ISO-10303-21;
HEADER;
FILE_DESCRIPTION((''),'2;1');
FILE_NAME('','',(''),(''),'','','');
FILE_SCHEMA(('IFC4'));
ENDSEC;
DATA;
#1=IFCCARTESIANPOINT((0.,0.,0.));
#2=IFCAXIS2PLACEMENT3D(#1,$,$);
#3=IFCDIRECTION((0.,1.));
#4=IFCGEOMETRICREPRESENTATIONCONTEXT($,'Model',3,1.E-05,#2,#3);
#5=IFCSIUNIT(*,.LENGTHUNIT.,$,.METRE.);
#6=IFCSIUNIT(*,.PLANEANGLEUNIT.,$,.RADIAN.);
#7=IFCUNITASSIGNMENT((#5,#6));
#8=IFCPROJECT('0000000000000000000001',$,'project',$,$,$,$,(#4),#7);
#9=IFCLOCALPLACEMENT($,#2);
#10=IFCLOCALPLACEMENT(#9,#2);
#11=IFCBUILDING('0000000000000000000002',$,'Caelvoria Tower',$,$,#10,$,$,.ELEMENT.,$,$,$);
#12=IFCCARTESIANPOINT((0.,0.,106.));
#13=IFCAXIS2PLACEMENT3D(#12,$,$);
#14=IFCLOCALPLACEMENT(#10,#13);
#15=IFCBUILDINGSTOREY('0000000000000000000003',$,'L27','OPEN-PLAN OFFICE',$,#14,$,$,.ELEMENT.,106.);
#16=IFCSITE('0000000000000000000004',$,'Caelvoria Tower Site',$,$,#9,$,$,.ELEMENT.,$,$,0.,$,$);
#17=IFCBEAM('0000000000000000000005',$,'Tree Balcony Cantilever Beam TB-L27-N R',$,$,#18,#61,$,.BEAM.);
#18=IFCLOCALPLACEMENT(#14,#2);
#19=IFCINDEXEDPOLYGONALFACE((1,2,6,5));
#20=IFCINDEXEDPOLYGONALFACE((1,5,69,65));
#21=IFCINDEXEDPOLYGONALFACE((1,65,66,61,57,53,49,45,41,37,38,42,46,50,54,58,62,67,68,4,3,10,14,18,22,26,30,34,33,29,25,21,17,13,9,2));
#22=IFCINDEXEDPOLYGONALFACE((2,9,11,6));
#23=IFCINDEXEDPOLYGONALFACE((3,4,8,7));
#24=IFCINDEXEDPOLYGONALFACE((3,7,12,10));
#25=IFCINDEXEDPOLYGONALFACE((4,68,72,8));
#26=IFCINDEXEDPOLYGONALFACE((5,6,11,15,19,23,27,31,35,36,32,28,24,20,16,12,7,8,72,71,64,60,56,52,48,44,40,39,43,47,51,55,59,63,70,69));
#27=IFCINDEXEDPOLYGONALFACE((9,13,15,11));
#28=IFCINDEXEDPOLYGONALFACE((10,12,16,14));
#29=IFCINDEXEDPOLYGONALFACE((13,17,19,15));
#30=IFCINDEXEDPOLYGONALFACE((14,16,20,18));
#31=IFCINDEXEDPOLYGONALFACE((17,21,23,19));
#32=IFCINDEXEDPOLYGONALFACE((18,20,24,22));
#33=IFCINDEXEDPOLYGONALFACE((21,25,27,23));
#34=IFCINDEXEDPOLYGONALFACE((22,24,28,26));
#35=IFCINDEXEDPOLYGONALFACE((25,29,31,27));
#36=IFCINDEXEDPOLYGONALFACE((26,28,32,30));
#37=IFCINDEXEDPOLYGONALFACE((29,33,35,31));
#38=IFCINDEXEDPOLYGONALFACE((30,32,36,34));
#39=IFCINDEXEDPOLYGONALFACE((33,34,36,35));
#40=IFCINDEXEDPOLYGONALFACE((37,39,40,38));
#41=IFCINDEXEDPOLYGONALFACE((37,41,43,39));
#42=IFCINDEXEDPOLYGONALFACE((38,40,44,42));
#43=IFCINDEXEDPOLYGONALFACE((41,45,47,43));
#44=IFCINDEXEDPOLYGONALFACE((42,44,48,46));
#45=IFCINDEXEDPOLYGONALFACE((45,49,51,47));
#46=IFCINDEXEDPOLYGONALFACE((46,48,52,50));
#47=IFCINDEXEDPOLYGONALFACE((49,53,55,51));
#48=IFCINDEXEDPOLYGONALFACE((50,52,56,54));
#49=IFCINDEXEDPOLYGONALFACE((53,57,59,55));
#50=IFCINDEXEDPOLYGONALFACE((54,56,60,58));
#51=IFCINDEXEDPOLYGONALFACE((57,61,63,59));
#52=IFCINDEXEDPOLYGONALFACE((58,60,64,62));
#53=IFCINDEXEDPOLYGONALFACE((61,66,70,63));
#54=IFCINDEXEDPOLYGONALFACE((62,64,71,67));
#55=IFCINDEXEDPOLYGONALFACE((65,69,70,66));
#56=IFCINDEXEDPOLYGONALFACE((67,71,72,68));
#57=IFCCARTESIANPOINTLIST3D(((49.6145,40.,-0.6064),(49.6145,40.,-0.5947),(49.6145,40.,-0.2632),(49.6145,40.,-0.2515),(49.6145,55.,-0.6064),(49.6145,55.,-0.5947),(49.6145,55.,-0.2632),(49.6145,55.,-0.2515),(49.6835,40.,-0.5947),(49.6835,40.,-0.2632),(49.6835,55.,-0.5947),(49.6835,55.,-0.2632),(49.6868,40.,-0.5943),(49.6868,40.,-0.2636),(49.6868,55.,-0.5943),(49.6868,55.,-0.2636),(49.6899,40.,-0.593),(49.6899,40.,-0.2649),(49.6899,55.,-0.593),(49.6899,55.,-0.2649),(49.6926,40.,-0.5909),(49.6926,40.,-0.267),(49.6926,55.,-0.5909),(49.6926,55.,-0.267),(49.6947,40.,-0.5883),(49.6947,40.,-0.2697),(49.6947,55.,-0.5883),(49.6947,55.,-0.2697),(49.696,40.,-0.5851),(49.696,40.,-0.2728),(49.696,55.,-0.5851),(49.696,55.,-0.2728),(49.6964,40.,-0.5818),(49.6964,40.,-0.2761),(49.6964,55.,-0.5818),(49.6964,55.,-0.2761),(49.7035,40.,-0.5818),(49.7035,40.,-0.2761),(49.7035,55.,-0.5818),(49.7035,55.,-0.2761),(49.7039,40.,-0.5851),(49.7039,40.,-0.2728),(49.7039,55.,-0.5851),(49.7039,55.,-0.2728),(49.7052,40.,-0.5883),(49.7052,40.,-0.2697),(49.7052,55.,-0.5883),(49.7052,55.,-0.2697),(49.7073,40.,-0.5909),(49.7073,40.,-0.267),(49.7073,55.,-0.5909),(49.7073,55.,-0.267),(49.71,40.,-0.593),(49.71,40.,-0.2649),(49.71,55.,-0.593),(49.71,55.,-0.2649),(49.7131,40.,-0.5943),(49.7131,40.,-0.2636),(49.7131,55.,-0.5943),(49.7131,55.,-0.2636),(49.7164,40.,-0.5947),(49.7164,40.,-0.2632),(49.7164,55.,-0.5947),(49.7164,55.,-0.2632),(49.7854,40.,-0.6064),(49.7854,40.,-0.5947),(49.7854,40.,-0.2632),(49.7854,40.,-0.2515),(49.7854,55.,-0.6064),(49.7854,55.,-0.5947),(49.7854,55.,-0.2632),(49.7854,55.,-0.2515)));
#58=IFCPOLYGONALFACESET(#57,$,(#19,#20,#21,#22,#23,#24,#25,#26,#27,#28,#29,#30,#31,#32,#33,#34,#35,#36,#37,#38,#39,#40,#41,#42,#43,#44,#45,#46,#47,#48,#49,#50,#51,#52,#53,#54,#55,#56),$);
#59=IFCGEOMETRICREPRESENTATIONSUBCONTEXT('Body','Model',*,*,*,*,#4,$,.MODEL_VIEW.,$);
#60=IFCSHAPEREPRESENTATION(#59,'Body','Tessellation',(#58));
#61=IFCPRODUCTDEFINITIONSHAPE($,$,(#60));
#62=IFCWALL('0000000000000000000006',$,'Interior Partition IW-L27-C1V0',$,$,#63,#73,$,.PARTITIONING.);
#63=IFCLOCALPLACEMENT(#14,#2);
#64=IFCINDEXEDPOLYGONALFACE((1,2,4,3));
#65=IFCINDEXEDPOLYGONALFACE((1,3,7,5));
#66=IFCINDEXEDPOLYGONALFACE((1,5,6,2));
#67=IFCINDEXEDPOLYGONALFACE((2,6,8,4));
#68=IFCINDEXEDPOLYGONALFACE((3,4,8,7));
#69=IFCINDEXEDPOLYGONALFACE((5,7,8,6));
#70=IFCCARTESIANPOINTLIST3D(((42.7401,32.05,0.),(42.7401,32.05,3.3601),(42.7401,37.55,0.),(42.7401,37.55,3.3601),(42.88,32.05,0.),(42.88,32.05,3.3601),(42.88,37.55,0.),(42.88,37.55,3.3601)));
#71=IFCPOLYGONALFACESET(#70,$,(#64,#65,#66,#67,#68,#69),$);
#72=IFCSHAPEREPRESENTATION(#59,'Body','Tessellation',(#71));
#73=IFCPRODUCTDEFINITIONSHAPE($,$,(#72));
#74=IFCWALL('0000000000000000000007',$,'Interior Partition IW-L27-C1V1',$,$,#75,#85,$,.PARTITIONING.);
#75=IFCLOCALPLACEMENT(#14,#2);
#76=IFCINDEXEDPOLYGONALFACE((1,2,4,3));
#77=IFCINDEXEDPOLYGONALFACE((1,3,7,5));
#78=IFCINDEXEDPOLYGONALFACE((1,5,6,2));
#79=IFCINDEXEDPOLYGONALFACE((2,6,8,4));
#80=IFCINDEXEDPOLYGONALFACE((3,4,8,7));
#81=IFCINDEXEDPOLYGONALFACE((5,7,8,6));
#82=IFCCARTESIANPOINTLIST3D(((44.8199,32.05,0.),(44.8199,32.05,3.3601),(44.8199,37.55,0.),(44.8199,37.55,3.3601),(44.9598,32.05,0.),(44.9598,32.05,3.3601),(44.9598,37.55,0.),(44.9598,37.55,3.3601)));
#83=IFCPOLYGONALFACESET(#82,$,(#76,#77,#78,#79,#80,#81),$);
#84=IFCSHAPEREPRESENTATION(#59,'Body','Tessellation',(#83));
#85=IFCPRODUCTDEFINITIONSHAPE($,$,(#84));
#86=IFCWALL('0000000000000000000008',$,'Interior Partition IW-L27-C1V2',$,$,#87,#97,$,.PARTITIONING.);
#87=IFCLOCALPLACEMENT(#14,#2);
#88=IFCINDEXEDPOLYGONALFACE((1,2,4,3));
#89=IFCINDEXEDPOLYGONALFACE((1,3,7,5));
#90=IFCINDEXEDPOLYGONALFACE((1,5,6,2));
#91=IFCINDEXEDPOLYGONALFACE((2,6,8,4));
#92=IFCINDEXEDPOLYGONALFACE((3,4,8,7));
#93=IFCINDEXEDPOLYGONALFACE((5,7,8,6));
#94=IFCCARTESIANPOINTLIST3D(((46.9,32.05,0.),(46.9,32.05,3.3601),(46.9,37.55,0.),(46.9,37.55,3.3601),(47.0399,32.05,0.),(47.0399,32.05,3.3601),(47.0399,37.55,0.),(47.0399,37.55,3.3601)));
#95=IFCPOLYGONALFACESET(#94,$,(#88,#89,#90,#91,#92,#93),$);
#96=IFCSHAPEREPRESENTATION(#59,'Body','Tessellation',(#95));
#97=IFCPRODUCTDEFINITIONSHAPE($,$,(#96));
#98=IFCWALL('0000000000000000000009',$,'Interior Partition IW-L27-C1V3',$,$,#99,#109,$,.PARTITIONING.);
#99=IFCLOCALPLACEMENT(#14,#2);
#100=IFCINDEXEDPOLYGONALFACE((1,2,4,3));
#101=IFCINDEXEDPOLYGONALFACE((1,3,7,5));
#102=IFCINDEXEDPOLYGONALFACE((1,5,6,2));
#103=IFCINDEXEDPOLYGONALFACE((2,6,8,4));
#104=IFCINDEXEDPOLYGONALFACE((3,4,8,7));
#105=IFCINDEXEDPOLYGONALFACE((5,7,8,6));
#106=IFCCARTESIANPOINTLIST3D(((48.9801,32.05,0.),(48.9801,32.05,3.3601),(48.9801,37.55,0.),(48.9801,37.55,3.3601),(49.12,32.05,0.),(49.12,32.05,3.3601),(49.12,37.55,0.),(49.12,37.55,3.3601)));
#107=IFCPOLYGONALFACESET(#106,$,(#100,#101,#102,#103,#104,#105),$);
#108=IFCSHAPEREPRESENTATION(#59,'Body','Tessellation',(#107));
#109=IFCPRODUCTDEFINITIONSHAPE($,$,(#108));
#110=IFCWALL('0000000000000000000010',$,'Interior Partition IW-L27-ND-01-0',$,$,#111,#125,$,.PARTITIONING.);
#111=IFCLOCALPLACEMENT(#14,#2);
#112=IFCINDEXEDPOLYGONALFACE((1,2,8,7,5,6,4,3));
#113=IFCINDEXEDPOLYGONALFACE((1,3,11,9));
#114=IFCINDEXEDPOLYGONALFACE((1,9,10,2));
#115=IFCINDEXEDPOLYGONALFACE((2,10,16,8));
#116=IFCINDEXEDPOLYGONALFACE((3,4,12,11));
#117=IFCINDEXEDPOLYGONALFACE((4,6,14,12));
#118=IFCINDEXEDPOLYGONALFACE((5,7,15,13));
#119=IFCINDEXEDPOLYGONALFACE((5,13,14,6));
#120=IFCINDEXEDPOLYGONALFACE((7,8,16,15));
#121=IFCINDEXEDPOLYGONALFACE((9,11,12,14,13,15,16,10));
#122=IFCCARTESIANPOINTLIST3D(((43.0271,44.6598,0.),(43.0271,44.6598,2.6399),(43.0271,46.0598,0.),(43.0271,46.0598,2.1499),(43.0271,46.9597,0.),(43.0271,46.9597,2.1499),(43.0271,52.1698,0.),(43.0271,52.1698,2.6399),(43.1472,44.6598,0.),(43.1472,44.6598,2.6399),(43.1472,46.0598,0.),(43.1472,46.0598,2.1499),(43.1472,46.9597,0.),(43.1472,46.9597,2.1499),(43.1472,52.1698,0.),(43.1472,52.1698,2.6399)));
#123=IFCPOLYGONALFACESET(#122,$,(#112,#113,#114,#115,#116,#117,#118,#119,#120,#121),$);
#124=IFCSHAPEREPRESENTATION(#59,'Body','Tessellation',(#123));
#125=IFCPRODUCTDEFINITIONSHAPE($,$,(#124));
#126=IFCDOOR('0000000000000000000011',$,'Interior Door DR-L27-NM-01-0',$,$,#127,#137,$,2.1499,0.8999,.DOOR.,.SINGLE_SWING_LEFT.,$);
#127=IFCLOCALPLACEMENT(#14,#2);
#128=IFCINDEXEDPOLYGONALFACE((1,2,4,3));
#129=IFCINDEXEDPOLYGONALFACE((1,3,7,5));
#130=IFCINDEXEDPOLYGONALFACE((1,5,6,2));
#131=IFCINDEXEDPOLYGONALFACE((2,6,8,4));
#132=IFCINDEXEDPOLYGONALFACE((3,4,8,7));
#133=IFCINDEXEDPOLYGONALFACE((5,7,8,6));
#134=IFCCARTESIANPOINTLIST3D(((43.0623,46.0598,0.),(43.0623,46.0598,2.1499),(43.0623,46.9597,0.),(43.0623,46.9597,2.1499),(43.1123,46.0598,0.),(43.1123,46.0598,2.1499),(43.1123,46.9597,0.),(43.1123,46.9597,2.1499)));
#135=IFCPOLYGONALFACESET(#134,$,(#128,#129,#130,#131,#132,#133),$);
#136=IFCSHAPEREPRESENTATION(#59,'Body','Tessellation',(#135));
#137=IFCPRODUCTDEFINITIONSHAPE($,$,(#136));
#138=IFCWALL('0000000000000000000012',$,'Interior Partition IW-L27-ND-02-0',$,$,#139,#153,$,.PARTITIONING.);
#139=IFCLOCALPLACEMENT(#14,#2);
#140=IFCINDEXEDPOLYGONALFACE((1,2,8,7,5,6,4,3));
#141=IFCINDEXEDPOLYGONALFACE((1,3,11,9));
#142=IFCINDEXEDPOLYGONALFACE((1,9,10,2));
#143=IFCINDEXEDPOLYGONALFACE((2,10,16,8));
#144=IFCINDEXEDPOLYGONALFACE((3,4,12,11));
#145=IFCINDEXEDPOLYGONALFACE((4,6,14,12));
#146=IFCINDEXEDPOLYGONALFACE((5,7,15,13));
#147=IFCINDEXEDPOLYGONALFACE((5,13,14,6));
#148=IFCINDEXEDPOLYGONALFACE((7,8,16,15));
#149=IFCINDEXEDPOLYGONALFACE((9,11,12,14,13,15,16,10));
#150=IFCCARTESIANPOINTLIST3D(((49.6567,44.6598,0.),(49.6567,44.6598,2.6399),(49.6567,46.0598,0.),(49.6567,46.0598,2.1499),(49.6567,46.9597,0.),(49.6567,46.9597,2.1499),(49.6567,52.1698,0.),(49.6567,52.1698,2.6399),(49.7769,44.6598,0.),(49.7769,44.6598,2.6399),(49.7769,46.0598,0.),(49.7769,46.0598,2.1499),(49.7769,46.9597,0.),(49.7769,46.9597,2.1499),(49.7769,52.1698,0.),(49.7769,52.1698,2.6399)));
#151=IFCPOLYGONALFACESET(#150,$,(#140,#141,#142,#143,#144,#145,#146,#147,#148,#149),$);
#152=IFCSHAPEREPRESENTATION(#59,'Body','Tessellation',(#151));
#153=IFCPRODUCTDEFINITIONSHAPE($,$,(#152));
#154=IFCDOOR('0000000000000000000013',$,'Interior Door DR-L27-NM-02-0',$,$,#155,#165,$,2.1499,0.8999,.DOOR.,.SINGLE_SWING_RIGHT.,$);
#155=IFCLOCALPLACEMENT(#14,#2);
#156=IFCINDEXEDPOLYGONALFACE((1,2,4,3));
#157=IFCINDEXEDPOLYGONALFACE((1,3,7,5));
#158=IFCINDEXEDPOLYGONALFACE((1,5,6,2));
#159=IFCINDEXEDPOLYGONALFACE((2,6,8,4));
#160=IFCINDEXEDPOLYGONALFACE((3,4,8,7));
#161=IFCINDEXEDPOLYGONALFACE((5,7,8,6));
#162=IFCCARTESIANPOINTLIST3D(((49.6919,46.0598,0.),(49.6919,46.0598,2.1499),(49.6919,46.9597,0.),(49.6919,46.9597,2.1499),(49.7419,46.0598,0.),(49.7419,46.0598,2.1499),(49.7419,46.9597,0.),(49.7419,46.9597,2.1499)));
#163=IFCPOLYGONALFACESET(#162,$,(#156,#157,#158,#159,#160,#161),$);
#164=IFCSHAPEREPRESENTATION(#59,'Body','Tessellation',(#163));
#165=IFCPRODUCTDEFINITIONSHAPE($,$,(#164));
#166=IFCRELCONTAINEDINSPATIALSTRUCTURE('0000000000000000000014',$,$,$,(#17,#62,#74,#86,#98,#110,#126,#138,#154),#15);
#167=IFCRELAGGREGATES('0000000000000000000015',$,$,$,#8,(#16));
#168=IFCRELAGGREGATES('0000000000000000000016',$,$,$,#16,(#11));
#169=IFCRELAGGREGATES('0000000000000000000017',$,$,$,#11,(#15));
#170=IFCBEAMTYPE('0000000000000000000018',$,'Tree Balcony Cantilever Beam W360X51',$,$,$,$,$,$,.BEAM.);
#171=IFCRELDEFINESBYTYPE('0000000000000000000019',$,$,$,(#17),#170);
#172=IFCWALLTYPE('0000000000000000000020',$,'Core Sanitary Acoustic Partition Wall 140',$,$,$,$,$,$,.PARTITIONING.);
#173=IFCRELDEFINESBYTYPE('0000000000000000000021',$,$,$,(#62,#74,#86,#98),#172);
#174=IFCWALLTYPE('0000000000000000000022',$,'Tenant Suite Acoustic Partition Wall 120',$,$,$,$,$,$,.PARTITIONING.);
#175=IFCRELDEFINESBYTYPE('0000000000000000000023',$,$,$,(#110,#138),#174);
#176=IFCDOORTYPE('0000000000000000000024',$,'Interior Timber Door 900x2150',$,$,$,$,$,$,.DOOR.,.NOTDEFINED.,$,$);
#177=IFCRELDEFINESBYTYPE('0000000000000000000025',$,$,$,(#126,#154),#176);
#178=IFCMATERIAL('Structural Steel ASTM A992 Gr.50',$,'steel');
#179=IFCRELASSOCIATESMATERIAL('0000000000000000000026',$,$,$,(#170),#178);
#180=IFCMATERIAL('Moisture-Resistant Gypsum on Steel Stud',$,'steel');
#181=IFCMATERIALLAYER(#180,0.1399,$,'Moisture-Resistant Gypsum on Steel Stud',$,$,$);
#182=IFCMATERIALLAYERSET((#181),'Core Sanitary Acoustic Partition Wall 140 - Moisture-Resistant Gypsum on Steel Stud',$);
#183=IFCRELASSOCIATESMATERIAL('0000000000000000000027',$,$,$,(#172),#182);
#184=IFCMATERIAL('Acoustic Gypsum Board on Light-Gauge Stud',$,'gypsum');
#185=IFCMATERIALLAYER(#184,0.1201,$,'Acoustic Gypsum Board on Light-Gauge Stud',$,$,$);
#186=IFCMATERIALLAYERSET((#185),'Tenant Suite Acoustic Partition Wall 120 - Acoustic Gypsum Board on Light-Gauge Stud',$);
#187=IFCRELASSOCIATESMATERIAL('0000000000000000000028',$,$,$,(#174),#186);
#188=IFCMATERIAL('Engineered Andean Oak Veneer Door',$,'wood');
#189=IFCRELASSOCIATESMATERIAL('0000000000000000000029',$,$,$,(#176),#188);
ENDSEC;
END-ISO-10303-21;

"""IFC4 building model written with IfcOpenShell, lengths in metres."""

from ifc_helpers import new_model, si_unit, direction, frame, frame_2d, origin, origin_2d, place, context, subcontext, project, spatial, rectangle, i_section, extrude, material, layer, layer_set, material_profile, profile_set, type_object, element, fill, save


model = new_model("IFC4")

# Units and contexts
model_context = context("Model", 3, precision=1e-05, world=origin(), true_north=direction((0.0, 1.0)))
body_context = subcontext(model_context, "Body", "Model", "MODEL_VIEW")
ifc_project = project(units=[si_unit("LENGTHUNIT", "METRE"), si_unit("PLANEANGLEUNIT", "RADIAN")], contexts=[model_context])

# Site, building, storey
site_placement = place(None, origin())
site = spatial("IfcSite", under=ifc_project, at=site_placement, Name="Caelvoria Tower Site", CompositionType="ELEMENT", RefElevation=0.0)
building_placement = place(site_placement, origin())
building = spatial("IfcBuilding", under=site, at=building_placement, Name="Caelvoria Tower", CompositionType="ELEMENT")
storey_placement = place(building_placement, frame((0.0, 0.0, 106.0)))
storey = spatial("IfcBuildingStorey", under=building, at=storey_placement, Name="L27", Description="OPEN-PLAN OFFICE", CompositionType="ELEMENT", Elevation=106.0)

# Beam
ifc_material_1 = material(Name="Structural Steel ASTM A992 Gr.50", Category="steel")
ifc_material_profile_1 = material_profile(ifc_material_1, i_section(OverallWidth=0.1709, OverallDepth=0.355, WebThickness=0.0071, FlangeThickness=0.0117, FilletRadius=0.0129, at=origin_2d()), Name="Structural Steel ASTM A992 Gr.50")
ifc_profile_set_1 = profile_set([ifc_material_profile_1], Name="W360X51 - Structural Steel ASTM A992 Gr.50")
beam_type_1 = type_object("IfcBeamType", Name="Tree Balcony Cantilever Beam W360X51", PredefinedType="BEAM", material=ifc_profile_set_1)
beam_1_placement = place(storey_placement, frame((49.7, 40.0, -0.429), z_axis=(0.0, 1.0, 0.0), x_axis=(-1.0, 0.0, 0.0)))
element("IfcBeam", 1, at=beam_1_placement, inside=storey, type_object=beam_type_1, Name="Tree Balcony Cantilever Beam TB-L27-N R", PredefinedType="BEAM", context=body_context, shape_type="SweptSolid", body=[
    extrude(i_section(OverallWidth=0.1709, OverallDepth=0.355, WebThickness=0.0071, FlangeThickness=0.0117, FilletRadius=0.0129, at=origin_2d()), origin(), (0.0, 0.0, 1.0), 15.0),
])

# Walls
ifc_material_2 = material(Name="Moisture-Resistant Gypsum on Steel Stud", Category="steel")
ifc_layer_1 = layer(ifc_material_2, 0.1399, Name="Moisture-Resistant Gypsum on Steel Stud")
ifc_layer_set_1 = layer_set([ifc_layer_1], Name="Core Sanitary Acoustic Partition Wall 140 - Moisture-Resistant Gypsum on Steel Stud")
wall_type_1 = type_object("IfcWallType", Name="Core Sanitary Acoustic Partition Wall 140", PredefinedType="PARTITIONING", material=ifc_layer_set_1)
for number, where, z_axis, x_axis, name in (
    (2, (42.8101, 32.05, 0.0), (0.0, 0.0, 1.0), (0.0, 1.0, 0.0), "Interior Partition IW-L27-C1V0"),
    (3, (44.8899, 32.05, 0.0), (0.0, 0.0, 1.0), (0.0, 1.0, 0.0), "Interior Partition IW-L27-C1V1"),
    (4, (46.97, 32.05, 0.0), (0.0, 0.0, 1.0), (0.0, 1.0, 0.0), "Interior Partition IW-L27-C1V2"),
    (5, (49.05, 32.05, 0.0), (0.0, 0.0, 1.0), (0.0, 1.0, 0.0), "Interior Partition IW-L27-C1V3"),
):
    element("IfcWall", number, at=place(storey_placement, frame(where, z_axis=z_axis, x_axis=x_axis)), inside=storey, type_object=wall_type_1, Name=name, PredefinedType="PARTITIONING", context=body_context, shape_type="SweptSolid", body=[
        extrude(rectangle(XDim=5.5, YDim=0.1399, at=frame_2d((2.75, 0.0))), origin(), (0.0, 0.0, 1.0), 3.3601),
    ])

# Walls, openings, doors
ifc_material_3 = material(Name="Acoustic Gypsum Board on Light-Gauge Stud", Category="gypsum")
ifc_layer_2 = layer(ifc_material_3, 0.1201, Name="Acoustic Gypsum Board on Light-Gauge Stud")
ifc_layer_set_2 = layer_set([ifc_layer_2], Name="Tenant Suite Acoustic Partition Wall 120 - Acoustic Gypsum Board on Light-Gauge Stud")
wall_type_2 = type_object("IfcWallType", Name="Tenant Suite Acoustic Partition Wall 120", PredefinedType="PARTITIONING", material=ifc_layer_set_2)
wall_1_placement = place(storey_placement, frame((43.0872, 44.6599, 0.0), z_axis=(0.0, 0.0, 1.0), x_axis=(0.0, 1.0, 0.0)))
wall_1 = element("IfcWall", 6, at=wall_1_placement, inside=storey, type_object=wall_type_2, Name="Interior Partition IW-L27-ND-01-0", PredefinedType="PARTITIONING", context=body_context, shape_type="SweptSolid", body=[
    extrude(rectangle(XDim=7.51, YDim=0.1201, at=frame_2d((3.7549, 0.0))), origin(), (0.0, 0.0, 1.0), 2.6399),
])
opening_1_placement = place(wall_1_placement, frame((1.3999, 0.0, 0.0)))
opening_1 = element("IfcOpeningElement", 7, at=opening_1_placement, cuts=wall_1, PredefinedType="OPENING", context=body_context, shape_type="SweptSolid", body=[
    extrude(rectangle(XDim=0.8999, YDim=2.1499, at=frame_2d((0.45, 1.075))), frame((0.0, 0.0701, 0.0), z_axis=(0.0, -1.0, 0.0), x_axis=(1.0, 0.0, 0.0)), (0.0, 0.0, 1.0), 0.1401),
])
ifc_material_4 = material(Name="Engineered Andean Oak Veneer Door", Category="wood")
door_type = type_object("IfcDoorType", Name="Interior Timber Door 900x2150", OperationType="NOTDEFINED", PredefinedType="DOOR", material=ifc_material_4)
door_1_placement = place(opening_1_placement, origin())
door_1 = element("IfcDoor", 8, at=door_1_placement, inside=storey, type_object=door_type, Name="Interior Door DR-L27-NM-01-0", OperationType="SINGLE_SWING_LEFT", OverallHeight=2.1499, OverallWidth=0.8999, PredefinedType="DOOR", context=body_context, shape_type="SweptSolid", body=[
    extrude(rectangle(XDim=0.8999, YDim=2.1499, at=frame_2d((0.45, 1.075))), frame((0.0, 0.0249, 0.0), z_axis=(0.0, -1.0, 0.0), x_axis=(1.0, 0.0, 0.0)), (0.0, 0.0, 1.0), 0.05),
])
fill(opening_1, door_1)
wall_2_placement = place(storey_placement, frame((49.7168, 44.6599, 0.0), z_axis=(0.0, 0.0, 1.0), x_axis=(0.0, 1.0, 0.0)))
wall_2 = element("IfcWall", 9, at=wall_2_placement, inside=storey, type_object=wall_type_2, Name="Interior Partition IW-L27-ND-02-0", PredefinedType="PARTITIONING", context=body_context, shape_type="SweptSolid", body=[
    extrude(rectangle(XDim=7.51, YDim=0.1201, at=frame_2d((3.7549, 0.0))), origin(), (0.0, 0.0, 1.0), 2.6399),
])
opening_2_placement = place(wall_2_placement, frame((1.3999, 0.0, 0.0)))
opening_2 = element("IfcOpeningElement", 10, at=opening_2_placement, cuts=wall_2, PredefinedType="OPENING", context=body_context, shape_type="SweptSolid", body=[
    extrude(rectangle(XDim=0.8999, YDim=2.1499, at=frame_2d((0.45, 1.075))), frame((0.0, 0.0701, 0.0), z_axis=(0.0, -1.0, 0.0), x_axis=(1.0, 0.0, 0.0)), (0.0, 0.0, 1.0), 0.1401),
])
door_2_placement = place(opening_2_placement, origin())
door_2 = element("IfcDoor", 11, at=door_2_placement, inside=storey, type_object=door_type, Name="Interior Door DR-L27-NM-02-0", OperationType="SINGLE_SWING_RIGHT", OverallHeight=2.1499, OverallWidth=0.8999, PredefinedType="DOOR", context=body_context, shape_type="SweptSolid", body=[
    extrude(rectangle(XDim=0.8999, YDim=2.1499, at=frame_2d((0.45, 1.075))), frame((0.0, 0.0249, 0.0), z_axis=(0.0, -1.0, 0.0), x_axis=(1.0, 0.0, 0.0)), (0.0, 0.0, 1.0), 0.05),
])
fill(opening_2, door_2)

save(model, "model.ifc")
